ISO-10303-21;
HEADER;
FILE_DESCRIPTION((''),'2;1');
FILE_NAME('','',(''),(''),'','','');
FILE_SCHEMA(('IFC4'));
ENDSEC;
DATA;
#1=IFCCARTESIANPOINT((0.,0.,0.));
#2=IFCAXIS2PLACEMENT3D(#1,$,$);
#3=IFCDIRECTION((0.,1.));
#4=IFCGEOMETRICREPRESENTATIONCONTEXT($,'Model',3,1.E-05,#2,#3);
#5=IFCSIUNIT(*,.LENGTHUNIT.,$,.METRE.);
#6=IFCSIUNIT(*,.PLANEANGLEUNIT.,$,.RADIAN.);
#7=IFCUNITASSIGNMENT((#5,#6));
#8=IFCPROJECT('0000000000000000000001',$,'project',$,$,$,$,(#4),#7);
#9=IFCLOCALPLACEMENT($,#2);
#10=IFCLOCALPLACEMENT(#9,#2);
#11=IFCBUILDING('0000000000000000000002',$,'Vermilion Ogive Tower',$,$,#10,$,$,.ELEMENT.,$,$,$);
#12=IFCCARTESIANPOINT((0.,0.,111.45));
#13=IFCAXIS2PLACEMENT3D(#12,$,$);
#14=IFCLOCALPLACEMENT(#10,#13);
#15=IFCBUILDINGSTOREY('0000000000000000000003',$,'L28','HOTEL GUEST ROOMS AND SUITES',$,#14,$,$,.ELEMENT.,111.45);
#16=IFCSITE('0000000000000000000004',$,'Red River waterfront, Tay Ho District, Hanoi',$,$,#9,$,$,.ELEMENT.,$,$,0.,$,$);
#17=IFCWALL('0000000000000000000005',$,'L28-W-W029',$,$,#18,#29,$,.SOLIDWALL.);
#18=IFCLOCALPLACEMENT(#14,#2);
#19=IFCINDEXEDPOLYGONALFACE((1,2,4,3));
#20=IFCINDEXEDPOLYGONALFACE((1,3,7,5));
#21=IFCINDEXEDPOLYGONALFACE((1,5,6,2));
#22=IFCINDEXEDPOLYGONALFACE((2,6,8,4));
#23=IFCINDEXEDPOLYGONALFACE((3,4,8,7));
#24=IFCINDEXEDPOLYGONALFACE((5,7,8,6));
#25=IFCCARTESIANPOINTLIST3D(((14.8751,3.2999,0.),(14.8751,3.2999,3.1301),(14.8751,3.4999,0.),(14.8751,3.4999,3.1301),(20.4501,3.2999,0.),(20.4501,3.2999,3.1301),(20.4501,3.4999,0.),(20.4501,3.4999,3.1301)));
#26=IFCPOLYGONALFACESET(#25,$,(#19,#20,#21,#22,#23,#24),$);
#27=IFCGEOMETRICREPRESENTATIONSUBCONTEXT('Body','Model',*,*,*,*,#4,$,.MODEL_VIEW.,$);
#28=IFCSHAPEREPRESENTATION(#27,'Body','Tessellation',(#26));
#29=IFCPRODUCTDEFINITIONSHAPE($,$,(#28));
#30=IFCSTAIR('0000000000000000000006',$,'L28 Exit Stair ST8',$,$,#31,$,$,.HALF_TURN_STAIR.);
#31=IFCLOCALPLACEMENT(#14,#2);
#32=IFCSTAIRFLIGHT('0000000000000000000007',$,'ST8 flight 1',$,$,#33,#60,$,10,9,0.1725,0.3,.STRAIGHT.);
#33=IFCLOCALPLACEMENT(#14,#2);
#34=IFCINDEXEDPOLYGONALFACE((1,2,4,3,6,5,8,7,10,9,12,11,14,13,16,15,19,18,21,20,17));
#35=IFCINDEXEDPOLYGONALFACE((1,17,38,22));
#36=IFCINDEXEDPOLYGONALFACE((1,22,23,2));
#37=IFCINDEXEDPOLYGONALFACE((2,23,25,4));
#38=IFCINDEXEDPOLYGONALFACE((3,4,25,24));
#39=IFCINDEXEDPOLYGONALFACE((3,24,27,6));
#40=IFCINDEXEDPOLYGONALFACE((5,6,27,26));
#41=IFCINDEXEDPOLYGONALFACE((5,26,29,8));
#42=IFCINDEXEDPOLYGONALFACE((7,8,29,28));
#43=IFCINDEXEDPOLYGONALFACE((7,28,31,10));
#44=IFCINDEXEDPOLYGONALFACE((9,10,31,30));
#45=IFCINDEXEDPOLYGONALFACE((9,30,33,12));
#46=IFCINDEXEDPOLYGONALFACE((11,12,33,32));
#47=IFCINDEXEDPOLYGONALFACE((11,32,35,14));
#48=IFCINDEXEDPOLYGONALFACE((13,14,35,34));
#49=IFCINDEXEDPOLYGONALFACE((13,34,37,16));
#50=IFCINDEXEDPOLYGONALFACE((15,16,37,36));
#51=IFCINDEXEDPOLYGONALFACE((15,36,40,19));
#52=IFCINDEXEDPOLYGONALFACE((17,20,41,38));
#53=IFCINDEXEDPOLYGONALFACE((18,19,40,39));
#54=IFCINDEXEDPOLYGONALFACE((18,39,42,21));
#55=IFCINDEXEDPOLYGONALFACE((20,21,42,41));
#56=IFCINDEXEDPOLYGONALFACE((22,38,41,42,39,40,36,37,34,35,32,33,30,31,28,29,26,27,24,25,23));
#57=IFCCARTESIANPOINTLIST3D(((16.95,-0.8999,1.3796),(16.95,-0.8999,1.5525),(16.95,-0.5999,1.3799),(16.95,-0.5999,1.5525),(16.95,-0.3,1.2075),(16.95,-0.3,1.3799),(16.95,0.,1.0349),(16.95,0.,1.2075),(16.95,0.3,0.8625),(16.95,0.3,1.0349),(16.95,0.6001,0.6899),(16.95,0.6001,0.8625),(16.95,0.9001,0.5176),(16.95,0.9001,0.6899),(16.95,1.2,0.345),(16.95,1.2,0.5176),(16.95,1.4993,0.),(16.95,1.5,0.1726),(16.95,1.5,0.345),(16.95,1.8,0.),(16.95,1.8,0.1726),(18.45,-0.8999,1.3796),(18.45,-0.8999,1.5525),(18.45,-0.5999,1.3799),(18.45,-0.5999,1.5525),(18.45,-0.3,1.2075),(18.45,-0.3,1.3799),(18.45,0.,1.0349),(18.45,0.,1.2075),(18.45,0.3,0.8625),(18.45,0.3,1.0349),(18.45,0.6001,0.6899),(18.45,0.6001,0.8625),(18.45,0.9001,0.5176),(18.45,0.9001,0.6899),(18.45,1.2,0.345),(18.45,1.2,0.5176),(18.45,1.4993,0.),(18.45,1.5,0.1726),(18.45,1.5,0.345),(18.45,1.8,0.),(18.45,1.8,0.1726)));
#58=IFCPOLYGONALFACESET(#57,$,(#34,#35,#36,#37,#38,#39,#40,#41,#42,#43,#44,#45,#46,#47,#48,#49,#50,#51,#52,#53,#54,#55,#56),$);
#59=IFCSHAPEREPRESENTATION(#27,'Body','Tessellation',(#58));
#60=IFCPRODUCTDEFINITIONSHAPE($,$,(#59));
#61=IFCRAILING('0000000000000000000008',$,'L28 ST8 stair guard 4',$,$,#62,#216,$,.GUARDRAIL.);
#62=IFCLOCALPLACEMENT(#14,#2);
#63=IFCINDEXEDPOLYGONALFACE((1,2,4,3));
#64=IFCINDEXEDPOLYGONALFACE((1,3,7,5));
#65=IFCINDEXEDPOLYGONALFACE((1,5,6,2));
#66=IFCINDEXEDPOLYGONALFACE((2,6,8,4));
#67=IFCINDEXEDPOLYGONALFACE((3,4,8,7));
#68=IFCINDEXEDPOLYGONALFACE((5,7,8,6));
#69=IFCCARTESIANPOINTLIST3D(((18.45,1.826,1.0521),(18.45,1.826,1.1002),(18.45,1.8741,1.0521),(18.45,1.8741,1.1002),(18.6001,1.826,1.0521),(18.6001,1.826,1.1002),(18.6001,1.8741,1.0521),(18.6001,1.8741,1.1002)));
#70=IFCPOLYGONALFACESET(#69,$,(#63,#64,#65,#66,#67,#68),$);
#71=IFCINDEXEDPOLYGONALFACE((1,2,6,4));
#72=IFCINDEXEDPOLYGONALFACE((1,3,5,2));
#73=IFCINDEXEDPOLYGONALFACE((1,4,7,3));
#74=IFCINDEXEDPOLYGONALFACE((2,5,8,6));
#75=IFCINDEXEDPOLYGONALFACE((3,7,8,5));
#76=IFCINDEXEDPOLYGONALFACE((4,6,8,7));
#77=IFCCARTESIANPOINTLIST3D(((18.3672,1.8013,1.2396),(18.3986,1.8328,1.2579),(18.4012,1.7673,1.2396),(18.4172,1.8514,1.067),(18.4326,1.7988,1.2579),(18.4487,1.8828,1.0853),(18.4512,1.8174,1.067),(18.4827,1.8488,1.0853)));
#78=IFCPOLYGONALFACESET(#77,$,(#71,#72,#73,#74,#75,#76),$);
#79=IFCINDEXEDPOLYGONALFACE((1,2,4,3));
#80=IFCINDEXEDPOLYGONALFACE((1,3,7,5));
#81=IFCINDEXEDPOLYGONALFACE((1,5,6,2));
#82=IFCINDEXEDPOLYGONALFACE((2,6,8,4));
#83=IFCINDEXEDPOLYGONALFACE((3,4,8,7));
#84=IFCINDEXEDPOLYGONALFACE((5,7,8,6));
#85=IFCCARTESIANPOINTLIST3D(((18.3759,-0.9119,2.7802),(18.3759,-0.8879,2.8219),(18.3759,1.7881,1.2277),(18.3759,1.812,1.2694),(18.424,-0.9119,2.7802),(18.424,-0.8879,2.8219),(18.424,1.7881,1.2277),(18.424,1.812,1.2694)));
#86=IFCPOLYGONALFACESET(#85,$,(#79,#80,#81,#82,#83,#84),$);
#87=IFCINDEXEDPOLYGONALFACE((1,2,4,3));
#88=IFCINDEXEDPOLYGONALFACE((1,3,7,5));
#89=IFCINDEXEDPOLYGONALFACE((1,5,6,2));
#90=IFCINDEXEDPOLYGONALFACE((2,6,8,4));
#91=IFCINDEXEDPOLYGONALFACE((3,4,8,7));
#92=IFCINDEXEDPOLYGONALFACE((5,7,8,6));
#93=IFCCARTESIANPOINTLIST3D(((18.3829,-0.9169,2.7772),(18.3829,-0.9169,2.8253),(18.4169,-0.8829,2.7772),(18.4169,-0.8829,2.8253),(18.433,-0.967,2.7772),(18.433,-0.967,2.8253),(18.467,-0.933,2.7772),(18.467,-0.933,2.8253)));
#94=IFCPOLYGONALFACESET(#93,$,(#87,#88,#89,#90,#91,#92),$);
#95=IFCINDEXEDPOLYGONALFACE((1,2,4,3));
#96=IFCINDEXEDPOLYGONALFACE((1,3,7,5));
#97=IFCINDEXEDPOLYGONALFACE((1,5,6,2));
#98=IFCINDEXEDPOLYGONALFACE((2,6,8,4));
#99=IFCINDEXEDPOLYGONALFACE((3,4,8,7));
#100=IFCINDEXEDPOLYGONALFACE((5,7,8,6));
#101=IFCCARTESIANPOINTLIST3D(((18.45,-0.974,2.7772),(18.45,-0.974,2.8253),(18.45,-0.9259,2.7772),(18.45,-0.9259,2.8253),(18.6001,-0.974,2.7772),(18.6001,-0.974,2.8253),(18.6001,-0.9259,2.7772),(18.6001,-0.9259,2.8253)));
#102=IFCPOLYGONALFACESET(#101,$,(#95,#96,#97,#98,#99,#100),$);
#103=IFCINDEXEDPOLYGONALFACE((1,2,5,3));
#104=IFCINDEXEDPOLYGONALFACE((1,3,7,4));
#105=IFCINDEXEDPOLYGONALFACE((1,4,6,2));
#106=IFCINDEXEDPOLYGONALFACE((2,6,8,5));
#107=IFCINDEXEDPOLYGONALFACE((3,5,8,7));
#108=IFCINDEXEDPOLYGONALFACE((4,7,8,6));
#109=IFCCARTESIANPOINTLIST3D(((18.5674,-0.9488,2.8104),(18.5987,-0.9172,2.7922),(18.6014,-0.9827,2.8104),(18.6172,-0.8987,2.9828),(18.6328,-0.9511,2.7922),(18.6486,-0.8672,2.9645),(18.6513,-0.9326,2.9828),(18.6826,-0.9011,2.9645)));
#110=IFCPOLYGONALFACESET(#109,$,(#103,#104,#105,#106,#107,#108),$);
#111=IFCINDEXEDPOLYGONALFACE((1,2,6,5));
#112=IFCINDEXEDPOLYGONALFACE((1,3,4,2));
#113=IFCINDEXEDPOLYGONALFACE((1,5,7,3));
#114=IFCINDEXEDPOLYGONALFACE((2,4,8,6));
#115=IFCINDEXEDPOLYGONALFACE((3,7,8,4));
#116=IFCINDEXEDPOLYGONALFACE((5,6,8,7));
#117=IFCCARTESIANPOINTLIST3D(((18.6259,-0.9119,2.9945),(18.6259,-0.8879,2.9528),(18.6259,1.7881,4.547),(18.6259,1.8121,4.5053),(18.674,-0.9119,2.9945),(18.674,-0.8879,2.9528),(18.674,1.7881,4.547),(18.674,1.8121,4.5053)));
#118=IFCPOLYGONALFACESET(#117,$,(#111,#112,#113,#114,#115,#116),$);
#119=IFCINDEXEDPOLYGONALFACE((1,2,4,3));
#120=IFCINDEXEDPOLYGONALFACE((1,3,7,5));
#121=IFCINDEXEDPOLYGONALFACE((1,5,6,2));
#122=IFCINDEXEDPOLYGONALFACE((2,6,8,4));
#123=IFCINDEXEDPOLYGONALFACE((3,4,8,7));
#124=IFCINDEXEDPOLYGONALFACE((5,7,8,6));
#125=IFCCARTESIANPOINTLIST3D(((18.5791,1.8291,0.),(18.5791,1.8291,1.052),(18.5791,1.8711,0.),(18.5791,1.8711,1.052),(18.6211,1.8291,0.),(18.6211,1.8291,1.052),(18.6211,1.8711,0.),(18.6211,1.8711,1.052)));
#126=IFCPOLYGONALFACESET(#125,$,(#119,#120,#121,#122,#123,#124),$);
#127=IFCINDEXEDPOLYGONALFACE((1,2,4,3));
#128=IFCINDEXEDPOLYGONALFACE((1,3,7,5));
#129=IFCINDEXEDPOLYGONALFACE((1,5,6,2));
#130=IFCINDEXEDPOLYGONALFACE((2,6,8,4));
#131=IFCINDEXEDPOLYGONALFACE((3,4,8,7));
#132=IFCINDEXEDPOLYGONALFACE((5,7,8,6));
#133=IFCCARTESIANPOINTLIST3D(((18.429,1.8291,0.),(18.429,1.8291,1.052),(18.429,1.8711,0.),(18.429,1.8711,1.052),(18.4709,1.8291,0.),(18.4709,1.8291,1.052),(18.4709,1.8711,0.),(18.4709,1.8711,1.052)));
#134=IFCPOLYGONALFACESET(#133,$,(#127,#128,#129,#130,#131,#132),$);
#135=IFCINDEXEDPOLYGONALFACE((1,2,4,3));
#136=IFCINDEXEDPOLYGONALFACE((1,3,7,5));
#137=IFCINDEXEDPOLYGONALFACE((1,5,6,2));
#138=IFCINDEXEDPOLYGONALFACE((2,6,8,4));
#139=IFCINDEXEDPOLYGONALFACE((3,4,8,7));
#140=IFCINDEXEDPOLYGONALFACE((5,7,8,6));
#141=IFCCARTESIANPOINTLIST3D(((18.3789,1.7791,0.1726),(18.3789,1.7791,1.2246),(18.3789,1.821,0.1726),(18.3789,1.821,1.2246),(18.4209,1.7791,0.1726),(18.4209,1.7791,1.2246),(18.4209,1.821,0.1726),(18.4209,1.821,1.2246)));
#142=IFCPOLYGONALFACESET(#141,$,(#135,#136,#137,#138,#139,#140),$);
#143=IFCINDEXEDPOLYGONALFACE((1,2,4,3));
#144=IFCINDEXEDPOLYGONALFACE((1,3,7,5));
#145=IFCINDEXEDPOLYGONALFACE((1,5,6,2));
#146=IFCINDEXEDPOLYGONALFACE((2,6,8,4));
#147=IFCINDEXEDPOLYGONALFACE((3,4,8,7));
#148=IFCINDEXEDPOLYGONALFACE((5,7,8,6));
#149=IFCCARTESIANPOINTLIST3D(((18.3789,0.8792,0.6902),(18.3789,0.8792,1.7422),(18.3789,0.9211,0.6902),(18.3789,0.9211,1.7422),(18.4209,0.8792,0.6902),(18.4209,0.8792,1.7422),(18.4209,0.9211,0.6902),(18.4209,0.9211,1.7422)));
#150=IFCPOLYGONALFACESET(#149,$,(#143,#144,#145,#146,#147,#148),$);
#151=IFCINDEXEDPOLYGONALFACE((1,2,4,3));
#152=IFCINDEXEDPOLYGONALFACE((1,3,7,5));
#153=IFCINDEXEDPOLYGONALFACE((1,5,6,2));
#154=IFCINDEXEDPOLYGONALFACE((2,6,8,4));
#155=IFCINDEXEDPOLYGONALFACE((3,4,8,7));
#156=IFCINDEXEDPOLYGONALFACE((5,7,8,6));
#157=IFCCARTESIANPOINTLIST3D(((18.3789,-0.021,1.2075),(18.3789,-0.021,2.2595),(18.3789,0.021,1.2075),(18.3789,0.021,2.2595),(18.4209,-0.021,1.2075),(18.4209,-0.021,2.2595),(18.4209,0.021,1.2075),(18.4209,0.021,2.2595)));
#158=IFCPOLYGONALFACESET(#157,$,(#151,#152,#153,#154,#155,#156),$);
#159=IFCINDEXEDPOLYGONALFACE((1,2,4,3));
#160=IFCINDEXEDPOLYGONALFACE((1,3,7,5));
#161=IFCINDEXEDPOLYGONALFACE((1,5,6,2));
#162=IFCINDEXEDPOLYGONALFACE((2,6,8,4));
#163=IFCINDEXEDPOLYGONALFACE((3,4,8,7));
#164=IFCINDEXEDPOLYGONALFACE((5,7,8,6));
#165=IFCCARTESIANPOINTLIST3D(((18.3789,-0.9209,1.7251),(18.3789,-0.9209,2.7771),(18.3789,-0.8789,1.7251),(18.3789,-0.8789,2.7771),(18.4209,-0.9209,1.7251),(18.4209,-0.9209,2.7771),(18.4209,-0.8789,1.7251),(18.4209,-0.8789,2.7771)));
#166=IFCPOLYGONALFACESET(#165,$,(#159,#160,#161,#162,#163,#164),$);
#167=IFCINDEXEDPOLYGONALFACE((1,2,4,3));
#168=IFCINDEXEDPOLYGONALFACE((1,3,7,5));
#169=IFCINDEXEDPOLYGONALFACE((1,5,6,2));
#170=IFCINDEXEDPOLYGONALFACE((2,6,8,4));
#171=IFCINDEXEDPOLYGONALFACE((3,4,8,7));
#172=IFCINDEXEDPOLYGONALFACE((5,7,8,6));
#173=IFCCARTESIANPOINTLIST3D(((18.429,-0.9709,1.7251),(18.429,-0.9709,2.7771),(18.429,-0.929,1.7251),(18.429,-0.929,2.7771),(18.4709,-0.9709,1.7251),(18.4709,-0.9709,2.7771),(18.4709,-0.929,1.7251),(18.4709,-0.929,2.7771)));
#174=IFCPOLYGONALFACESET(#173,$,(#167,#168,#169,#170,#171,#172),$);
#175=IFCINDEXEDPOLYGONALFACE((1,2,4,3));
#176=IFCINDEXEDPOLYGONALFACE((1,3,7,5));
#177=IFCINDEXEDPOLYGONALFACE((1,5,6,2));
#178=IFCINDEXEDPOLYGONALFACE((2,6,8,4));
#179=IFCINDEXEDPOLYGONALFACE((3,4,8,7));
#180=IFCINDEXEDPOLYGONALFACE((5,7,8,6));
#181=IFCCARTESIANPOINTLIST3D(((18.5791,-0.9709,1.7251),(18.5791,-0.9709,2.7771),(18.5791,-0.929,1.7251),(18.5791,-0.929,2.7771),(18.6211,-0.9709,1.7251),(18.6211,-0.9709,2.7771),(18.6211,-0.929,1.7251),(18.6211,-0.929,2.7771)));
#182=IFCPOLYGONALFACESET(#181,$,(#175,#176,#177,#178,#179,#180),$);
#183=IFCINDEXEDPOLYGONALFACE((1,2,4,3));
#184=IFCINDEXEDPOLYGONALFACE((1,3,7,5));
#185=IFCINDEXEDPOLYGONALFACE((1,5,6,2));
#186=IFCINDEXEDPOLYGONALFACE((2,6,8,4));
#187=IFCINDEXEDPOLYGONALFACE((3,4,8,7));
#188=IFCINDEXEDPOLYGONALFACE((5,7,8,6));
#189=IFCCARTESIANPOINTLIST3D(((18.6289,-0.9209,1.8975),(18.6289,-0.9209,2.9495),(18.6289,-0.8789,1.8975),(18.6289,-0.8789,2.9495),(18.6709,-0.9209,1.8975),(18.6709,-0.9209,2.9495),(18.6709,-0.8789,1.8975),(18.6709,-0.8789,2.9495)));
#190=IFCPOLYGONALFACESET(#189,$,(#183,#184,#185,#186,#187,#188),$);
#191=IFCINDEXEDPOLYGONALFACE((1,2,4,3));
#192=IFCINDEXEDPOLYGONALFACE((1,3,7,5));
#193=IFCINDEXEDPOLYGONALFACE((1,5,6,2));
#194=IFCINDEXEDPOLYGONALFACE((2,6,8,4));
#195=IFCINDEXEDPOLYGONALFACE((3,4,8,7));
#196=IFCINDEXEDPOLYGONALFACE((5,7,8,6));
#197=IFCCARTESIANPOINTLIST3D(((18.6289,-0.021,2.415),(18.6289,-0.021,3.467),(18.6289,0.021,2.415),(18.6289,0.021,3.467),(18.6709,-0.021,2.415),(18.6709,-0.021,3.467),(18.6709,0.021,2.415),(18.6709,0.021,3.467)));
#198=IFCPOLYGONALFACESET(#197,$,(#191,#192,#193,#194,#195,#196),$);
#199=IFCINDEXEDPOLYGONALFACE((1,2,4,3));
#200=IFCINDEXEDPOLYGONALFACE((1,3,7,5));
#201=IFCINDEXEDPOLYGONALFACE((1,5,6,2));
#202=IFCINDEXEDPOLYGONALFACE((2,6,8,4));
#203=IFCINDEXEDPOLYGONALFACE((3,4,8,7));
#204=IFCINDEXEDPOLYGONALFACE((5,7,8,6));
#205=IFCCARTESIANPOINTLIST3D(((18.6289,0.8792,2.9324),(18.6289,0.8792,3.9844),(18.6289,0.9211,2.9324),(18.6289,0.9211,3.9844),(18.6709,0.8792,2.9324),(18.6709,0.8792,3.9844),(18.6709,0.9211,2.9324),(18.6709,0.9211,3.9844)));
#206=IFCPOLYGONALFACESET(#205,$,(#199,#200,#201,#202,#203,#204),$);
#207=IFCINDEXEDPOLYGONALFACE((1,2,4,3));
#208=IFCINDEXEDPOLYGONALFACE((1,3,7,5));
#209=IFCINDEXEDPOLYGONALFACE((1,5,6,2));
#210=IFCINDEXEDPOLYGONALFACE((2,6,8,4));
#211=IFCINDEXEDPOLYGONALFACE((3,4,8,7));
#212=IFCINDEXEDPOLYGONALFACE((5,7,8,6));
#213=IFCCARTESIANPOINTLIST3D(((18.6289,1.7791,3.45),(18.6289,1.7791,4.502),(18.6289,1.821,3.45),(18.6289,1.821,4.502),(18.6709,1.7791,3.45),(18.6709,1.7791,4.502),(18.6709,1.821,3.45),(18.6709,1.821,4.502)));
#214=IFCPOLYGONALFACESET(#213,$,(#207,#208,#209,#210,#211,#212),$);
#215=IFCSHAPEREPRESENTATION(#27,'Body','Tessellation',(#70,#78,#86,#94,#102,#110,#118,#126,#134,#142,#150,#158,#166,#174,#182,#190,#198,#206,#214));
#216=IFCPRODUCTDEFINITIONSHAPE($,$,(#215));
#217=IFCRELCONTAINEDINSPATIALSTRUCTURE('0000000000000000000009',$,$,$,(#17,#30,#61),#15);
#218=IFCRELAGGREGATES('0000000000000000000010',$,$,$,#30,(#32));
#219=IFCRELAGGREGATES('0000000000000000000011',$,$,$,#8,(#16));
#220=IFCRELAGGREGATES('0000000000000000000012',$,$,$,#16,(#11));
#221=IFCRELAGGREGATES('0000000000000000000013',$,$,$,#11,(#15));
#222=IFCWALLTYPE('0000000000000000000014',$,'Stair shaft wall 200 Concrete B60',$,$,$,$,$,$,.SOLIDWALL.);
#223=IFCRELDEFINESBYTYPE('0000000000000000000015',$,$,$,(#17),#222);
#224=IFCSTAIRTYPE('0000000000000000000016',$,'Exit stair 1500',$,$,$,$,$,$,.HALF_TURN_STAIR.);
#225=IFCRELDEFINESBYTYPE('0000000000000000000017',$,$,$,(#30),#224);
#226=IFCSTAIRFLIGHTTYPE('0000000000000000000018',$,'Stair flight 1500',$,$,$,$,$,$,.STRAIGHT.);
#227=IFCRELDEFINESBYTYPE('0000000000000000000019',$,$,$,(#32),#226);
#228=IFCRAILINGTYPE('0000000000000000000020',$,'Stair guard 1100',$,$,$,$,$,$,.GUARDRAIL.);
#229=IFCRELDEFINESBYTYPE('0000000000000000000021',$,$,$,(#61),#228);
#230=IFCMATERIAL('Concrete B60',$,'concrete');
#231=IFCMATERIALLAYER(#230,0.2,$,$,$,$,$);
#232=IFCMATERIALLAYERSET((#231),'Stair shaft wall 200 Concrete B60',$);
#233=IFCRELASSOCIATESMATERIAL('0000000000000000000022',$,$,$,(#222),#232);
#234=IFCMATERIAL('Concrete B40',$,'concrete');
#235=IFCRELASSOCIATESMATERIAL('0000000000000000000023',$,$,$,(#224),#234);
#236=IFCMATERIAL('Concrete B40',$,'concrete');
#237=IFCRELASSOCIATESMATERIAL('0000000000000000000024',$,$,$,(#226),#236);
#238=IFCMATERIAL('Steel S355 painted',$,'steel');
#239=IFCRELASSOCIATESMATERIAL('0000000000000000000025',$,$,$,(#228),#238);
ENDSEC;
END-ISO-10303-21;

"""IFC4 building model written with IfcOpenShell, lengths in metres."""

from ifc_helpers import new_model, si_unit, direction, frame, frame_2d, origin, origin_2d, place, context, subcontext, project, spatial, polyline, rectangle, outline, extrude, material, layer, layer_set, type_object, element, aggregate, save


model = new_model("IFC4")

# Units and contexts
model_context = context("Model", 3, precision=1e-05, world=origin(), true_north=direction((0.0, 1.0)))
body_context = subcontext(model_context, "Body", "Model", "MODEL_VIEW")
ifc_project = project(units=[si_unit("LENGTHUNIT", "METRE"), si_unit("PLANEANGLEUNIT", "RADIAN")], contexts=[model_context])

# Site, building, storey
site_placement = place(None, origin())
site = spatial("IfcSite", under=ifc_project, at=site_placement, Name="Red River waterfront, Tay Ho District, Hanoi", CompositionType="ELEMENT", RefElevation=0.0)
building_placement = place(site_placement, origin())
building = spatial("IfcBuilding", under=site, at=building_placement, Name="Vermilion Ogive Tower", CompositionType="ELEMENT")
storey_placement = place(building_placement, frame((0.0, 0.0, 111.45)))
storey = spatial("IfcBuildingStorey", under=building, at=storey_placement, Name="L28", Description="HOTEL GUEST ROOMS AND SUITES", CompositionType="ELEMENT", Elevation=111.45)

# Wall
ifc_material_1 = material(Name="Concrete B60", Category="concrete")
ifc_layer_1 = layer(ifc_material_1, 0.2)
ifc_layer_set_1 = layer_set([ifc_layer_1], Name="Stair shaft wall 200 Concrete B60")
wall_type_1 = type_object("IfcWallType", Name="Stair shaft wall 200 Concrete B60", PredefinedType="SOLIDWALL", material=ifc_layer_set_1)
wall_1_placement = place(storey_placement, frame((14.875, 3.3999, 0.0), z_axis=(0.0, 0.0, 1.0), x_axis=(1.0, 0.0, 0.0)))
element("IfcWall", 1, at=wall_1_placement, inside=storey, type_object=wall_type_1, Name="L28-W-W029", PredefinedType="SOLIDWALL", context=body_context, shape_type="SweptSolid", body=[
    extrude(rectangle(XDim=5.575, YDim=0.2, at=frame_2d((2.7876, 0.0))), origin(), (0.0, 0.0, 1.0), 3.1301),
])

# Stair, stair flight
ifc_material_2 = material(Name="Concrete B40", Category="concrete")
stair_type = type_object("IfcStairType", Name="Exit stair 1500", PredefinedType="HALF_TURN_STAIR", material=ifc_material_2)
stair_placement = place(storey_placement, origin())
stair = element("IfcStair", 2, at=stair_placement, inside=storey, type_object=stair_type, Name="L28 Exit Stair ST8", PredefinedType="HALF_TURN_STAIR")
ifc_material_3 = material(Name="Concrete B40", Category="concrete")
stair_flight_type = type_object("IfcStairFlightType", Name="Stair flight 1500", PredefinedType="STRAIGHT", material=ifc_material_3)
stair_flight_placement = place(storey_placement, frame((17.7, 1.8, 0.0), z_axis=(0.0, 0.0, 1.0), x_axis=(0.0, -1.0, 0.0)))
stair_flight = element("IfcStairFlight", 3, at=stair_flight_placement, type_object=stair_flight_type, Name="ST8 flight 1", NumberOfRisers=10, NumberOfTreads=9, PredefinedType="STRAIGHT", RiserHeight=0.1725, TreadLength=0.3, context=body_context, shape_type="SweptSolid", body=[
    extrude(outline(polyline([(0.0, 0.0), (0.0, 0.1726), (0.3, 0.1726), (0.3, 0.345), (0.6001, 0.345), (0.6001, 0.5176), (0.8999, 0.5176), (0.8999, 0.6899), (1.2, 0.6899), (1.2, 0.8625), (1.5, 0.8625), (1.5, 1.0349), (1.8, 1.0349), (1.8, 1.2075), (2.1001, 1.2075), (2.1001, 1.3799), (2.3999, 1.3799), (2.3999, 1.5525), (2.7, 1.5525), (2.7, 1.7251), (2.7, 1.3796), (0.3008, 0.0), (0.0, 0.0)])), frame((0.0, 0.75, 0.0), z_axis=(0.0, -1.0, 0.0), x_axis=(1.0, 0.0, 0.0)), (0.0, 0.0, 1.0), 1.5),
])
aggregate(stair, [stair_flight])

# Railing
ifc_material_4 = material(Name="Steel S355 painted", Category="steel")
railing_type_1 = type_object("IfcRailingType", Name="Stair guard 1100", PredefinedType="GUARDRAIL", material=ifc_material_4)
railing_1_placement = place(storey_placement, frame((18.6001, 1.8501, 0.0)))
element("IfcRailing", 4, at=railing_1_placement, inside=storey, type_object=railing_type_1, Name="L28 ST8 stair guard 4", PredefinedType="GUARDRAIL", context=body_context, shape_type="SweptSolid", body=[
    extrude(rectangle(XDim=0.0481, YDim=0.0481, at=origin_2d()), frame((0.0, 0.0, 1.0762), z_axis=(-1.0, 0.0, 0.0), x_axis=(0.0, -1.0, 0.0)), (0.0, 0.0, 1.0), 0.1501),
    extrude(rectangle(XDim=0.0481, YDim=0.0481, at=origin_2d()), frame((-0.1501, 0.0, 1.0762), z_axis=(-0.268278, -0.268278, 0.925232), x_axis=(0.707107, -0.707107, 0.0)), (0.0, 0.0, 1.0), 0.1865),
    extrude(rectangle(XDim=0.0481, YDim=0.0481, at=origin_2d()), frame((-0.2002, -0.05, 1.2485), z_axis=(0.0, -0.866904, 0.498476), x_axis=(1.0, 0.0, 0.0)), (0.0, 0.0, 1.0), 3.1145),
    extrude(rectangle(XDim=0.0481, YDim=0.0481, at=origin_2d()), frame((-0.2002, -2.75, 2.8013), z_axis=(0.707107, -0.707107, 0.0), x_axis=(0.707107, 0.707107, 0.0)), (0.0, 0.0, 1.0), 0.0708),
    extrude(rectangle(XDim=0.0481, YDim=0.0481, at=origin_2d()), frame((-0.1501, -2.8, 2.8013), z_axis=(1.0, 0.0, 0.0), x_axis=(0.0, 1.0, 0.0)), (0.0, 0.0, 1.0), 0.1501),
    extrude(rectangle(XDim=0.0481, YDim=0.0481, at=origin_2d()), frame((0.0, -2.8, 2.8013), z_axis=(0.267387, 0.268698, 0.925368), x_axis=(-0.708834, 0.705376, 0.0)), (0.0, 0.0, 1.0), 0.1863),
    extrude(rectangle(XDim=0.0481, YDim=0.0481, at=origin_2d()), frame((0.0498, -2.75, 2.9736), z_axis=(0.0, 0.866904, 0.498476), x_axis=(-1.0, 0.0, 0.0)), (0.0, 0.0, 1.0), 3.1145),
    extrude(rectangle(XDim=0.042, YDim=0.042, at=origin_2d()), origin(), (0.0, 0.0, 1.0), 1.052),
    extrude(rectangle(XDim=0.042, YDim=0.042, at=origin_2d()), frame((-0.1501, 0.0, 0.0)), (0.0, 0.0, 1.0), 1.052),
    extrude(rectangle(XDim=0.042, YDim=0.042, at=origin_2d()), frame((-0.2002, -0.05, 0.1726)), (0.0, 0.0, 1.0), 1.052),
    extrude(rectangle(XDim=0.042, YDim=0.042, at=origin_2d()), frame((-0.2002, -0.95, 0.6902)), (0.0, 0.0, 1.0), 1.052),
    extrude(rectangle(XDim=0.042, YDim=0.042, at=origin_2d()), frame((-0.2002, -1.8501, 1.2075)), (0.0, 0.0, 1.0), 1.052),
    extrude(rectangle(XDim=0.042, YDim=0.042, at=origin_2d()), frame((-0.2002, -2.75, 1.7251)), (0.0, 0.0, 1.0), 1.052),
    extrude(rectangle(XDim=0.042, YDim=0.042, at=origin_2d()), frame((-0.1501, -2.8, 1.7251)), (0.0, 0.0, 1.0), 1.052),
    extrude(rectangle(XDim=0.042, YDim=0.042, at=origin_2d()), frame((0.0, -2.8, 1.7251)), (0.0, 0.0, 1.0), 1.052),
    extrude(rectangle(XDim=0.042, YDim=0.042, at=origin_2d()), frame((0.0498, -2.75, 1.8975)), (0.0, 0.0, 1.0), 1.052),
    extrude(rectangle(XDim=0.042, YDim=0.042, at=origin_2d()), frame((0.0498, -1.8501, 2.415)), (0.0, 0.0, 1.0), 1.052),
    extrude(rectangle(XDim=0.042, YDim=0.042, at=origin_2d()), frame((0.0498, -0.95, 2.9324)), (0.0, 0.0, 1.0), 1.052),
    extrude(rectangle(XDim=0.042, YDim=0.042, at=origin_2d()), frame((0.0498, -0.05, 3.45)), (0.0, 0.0, 1.0), 1.052),
])

save(model, "model.ifc")
